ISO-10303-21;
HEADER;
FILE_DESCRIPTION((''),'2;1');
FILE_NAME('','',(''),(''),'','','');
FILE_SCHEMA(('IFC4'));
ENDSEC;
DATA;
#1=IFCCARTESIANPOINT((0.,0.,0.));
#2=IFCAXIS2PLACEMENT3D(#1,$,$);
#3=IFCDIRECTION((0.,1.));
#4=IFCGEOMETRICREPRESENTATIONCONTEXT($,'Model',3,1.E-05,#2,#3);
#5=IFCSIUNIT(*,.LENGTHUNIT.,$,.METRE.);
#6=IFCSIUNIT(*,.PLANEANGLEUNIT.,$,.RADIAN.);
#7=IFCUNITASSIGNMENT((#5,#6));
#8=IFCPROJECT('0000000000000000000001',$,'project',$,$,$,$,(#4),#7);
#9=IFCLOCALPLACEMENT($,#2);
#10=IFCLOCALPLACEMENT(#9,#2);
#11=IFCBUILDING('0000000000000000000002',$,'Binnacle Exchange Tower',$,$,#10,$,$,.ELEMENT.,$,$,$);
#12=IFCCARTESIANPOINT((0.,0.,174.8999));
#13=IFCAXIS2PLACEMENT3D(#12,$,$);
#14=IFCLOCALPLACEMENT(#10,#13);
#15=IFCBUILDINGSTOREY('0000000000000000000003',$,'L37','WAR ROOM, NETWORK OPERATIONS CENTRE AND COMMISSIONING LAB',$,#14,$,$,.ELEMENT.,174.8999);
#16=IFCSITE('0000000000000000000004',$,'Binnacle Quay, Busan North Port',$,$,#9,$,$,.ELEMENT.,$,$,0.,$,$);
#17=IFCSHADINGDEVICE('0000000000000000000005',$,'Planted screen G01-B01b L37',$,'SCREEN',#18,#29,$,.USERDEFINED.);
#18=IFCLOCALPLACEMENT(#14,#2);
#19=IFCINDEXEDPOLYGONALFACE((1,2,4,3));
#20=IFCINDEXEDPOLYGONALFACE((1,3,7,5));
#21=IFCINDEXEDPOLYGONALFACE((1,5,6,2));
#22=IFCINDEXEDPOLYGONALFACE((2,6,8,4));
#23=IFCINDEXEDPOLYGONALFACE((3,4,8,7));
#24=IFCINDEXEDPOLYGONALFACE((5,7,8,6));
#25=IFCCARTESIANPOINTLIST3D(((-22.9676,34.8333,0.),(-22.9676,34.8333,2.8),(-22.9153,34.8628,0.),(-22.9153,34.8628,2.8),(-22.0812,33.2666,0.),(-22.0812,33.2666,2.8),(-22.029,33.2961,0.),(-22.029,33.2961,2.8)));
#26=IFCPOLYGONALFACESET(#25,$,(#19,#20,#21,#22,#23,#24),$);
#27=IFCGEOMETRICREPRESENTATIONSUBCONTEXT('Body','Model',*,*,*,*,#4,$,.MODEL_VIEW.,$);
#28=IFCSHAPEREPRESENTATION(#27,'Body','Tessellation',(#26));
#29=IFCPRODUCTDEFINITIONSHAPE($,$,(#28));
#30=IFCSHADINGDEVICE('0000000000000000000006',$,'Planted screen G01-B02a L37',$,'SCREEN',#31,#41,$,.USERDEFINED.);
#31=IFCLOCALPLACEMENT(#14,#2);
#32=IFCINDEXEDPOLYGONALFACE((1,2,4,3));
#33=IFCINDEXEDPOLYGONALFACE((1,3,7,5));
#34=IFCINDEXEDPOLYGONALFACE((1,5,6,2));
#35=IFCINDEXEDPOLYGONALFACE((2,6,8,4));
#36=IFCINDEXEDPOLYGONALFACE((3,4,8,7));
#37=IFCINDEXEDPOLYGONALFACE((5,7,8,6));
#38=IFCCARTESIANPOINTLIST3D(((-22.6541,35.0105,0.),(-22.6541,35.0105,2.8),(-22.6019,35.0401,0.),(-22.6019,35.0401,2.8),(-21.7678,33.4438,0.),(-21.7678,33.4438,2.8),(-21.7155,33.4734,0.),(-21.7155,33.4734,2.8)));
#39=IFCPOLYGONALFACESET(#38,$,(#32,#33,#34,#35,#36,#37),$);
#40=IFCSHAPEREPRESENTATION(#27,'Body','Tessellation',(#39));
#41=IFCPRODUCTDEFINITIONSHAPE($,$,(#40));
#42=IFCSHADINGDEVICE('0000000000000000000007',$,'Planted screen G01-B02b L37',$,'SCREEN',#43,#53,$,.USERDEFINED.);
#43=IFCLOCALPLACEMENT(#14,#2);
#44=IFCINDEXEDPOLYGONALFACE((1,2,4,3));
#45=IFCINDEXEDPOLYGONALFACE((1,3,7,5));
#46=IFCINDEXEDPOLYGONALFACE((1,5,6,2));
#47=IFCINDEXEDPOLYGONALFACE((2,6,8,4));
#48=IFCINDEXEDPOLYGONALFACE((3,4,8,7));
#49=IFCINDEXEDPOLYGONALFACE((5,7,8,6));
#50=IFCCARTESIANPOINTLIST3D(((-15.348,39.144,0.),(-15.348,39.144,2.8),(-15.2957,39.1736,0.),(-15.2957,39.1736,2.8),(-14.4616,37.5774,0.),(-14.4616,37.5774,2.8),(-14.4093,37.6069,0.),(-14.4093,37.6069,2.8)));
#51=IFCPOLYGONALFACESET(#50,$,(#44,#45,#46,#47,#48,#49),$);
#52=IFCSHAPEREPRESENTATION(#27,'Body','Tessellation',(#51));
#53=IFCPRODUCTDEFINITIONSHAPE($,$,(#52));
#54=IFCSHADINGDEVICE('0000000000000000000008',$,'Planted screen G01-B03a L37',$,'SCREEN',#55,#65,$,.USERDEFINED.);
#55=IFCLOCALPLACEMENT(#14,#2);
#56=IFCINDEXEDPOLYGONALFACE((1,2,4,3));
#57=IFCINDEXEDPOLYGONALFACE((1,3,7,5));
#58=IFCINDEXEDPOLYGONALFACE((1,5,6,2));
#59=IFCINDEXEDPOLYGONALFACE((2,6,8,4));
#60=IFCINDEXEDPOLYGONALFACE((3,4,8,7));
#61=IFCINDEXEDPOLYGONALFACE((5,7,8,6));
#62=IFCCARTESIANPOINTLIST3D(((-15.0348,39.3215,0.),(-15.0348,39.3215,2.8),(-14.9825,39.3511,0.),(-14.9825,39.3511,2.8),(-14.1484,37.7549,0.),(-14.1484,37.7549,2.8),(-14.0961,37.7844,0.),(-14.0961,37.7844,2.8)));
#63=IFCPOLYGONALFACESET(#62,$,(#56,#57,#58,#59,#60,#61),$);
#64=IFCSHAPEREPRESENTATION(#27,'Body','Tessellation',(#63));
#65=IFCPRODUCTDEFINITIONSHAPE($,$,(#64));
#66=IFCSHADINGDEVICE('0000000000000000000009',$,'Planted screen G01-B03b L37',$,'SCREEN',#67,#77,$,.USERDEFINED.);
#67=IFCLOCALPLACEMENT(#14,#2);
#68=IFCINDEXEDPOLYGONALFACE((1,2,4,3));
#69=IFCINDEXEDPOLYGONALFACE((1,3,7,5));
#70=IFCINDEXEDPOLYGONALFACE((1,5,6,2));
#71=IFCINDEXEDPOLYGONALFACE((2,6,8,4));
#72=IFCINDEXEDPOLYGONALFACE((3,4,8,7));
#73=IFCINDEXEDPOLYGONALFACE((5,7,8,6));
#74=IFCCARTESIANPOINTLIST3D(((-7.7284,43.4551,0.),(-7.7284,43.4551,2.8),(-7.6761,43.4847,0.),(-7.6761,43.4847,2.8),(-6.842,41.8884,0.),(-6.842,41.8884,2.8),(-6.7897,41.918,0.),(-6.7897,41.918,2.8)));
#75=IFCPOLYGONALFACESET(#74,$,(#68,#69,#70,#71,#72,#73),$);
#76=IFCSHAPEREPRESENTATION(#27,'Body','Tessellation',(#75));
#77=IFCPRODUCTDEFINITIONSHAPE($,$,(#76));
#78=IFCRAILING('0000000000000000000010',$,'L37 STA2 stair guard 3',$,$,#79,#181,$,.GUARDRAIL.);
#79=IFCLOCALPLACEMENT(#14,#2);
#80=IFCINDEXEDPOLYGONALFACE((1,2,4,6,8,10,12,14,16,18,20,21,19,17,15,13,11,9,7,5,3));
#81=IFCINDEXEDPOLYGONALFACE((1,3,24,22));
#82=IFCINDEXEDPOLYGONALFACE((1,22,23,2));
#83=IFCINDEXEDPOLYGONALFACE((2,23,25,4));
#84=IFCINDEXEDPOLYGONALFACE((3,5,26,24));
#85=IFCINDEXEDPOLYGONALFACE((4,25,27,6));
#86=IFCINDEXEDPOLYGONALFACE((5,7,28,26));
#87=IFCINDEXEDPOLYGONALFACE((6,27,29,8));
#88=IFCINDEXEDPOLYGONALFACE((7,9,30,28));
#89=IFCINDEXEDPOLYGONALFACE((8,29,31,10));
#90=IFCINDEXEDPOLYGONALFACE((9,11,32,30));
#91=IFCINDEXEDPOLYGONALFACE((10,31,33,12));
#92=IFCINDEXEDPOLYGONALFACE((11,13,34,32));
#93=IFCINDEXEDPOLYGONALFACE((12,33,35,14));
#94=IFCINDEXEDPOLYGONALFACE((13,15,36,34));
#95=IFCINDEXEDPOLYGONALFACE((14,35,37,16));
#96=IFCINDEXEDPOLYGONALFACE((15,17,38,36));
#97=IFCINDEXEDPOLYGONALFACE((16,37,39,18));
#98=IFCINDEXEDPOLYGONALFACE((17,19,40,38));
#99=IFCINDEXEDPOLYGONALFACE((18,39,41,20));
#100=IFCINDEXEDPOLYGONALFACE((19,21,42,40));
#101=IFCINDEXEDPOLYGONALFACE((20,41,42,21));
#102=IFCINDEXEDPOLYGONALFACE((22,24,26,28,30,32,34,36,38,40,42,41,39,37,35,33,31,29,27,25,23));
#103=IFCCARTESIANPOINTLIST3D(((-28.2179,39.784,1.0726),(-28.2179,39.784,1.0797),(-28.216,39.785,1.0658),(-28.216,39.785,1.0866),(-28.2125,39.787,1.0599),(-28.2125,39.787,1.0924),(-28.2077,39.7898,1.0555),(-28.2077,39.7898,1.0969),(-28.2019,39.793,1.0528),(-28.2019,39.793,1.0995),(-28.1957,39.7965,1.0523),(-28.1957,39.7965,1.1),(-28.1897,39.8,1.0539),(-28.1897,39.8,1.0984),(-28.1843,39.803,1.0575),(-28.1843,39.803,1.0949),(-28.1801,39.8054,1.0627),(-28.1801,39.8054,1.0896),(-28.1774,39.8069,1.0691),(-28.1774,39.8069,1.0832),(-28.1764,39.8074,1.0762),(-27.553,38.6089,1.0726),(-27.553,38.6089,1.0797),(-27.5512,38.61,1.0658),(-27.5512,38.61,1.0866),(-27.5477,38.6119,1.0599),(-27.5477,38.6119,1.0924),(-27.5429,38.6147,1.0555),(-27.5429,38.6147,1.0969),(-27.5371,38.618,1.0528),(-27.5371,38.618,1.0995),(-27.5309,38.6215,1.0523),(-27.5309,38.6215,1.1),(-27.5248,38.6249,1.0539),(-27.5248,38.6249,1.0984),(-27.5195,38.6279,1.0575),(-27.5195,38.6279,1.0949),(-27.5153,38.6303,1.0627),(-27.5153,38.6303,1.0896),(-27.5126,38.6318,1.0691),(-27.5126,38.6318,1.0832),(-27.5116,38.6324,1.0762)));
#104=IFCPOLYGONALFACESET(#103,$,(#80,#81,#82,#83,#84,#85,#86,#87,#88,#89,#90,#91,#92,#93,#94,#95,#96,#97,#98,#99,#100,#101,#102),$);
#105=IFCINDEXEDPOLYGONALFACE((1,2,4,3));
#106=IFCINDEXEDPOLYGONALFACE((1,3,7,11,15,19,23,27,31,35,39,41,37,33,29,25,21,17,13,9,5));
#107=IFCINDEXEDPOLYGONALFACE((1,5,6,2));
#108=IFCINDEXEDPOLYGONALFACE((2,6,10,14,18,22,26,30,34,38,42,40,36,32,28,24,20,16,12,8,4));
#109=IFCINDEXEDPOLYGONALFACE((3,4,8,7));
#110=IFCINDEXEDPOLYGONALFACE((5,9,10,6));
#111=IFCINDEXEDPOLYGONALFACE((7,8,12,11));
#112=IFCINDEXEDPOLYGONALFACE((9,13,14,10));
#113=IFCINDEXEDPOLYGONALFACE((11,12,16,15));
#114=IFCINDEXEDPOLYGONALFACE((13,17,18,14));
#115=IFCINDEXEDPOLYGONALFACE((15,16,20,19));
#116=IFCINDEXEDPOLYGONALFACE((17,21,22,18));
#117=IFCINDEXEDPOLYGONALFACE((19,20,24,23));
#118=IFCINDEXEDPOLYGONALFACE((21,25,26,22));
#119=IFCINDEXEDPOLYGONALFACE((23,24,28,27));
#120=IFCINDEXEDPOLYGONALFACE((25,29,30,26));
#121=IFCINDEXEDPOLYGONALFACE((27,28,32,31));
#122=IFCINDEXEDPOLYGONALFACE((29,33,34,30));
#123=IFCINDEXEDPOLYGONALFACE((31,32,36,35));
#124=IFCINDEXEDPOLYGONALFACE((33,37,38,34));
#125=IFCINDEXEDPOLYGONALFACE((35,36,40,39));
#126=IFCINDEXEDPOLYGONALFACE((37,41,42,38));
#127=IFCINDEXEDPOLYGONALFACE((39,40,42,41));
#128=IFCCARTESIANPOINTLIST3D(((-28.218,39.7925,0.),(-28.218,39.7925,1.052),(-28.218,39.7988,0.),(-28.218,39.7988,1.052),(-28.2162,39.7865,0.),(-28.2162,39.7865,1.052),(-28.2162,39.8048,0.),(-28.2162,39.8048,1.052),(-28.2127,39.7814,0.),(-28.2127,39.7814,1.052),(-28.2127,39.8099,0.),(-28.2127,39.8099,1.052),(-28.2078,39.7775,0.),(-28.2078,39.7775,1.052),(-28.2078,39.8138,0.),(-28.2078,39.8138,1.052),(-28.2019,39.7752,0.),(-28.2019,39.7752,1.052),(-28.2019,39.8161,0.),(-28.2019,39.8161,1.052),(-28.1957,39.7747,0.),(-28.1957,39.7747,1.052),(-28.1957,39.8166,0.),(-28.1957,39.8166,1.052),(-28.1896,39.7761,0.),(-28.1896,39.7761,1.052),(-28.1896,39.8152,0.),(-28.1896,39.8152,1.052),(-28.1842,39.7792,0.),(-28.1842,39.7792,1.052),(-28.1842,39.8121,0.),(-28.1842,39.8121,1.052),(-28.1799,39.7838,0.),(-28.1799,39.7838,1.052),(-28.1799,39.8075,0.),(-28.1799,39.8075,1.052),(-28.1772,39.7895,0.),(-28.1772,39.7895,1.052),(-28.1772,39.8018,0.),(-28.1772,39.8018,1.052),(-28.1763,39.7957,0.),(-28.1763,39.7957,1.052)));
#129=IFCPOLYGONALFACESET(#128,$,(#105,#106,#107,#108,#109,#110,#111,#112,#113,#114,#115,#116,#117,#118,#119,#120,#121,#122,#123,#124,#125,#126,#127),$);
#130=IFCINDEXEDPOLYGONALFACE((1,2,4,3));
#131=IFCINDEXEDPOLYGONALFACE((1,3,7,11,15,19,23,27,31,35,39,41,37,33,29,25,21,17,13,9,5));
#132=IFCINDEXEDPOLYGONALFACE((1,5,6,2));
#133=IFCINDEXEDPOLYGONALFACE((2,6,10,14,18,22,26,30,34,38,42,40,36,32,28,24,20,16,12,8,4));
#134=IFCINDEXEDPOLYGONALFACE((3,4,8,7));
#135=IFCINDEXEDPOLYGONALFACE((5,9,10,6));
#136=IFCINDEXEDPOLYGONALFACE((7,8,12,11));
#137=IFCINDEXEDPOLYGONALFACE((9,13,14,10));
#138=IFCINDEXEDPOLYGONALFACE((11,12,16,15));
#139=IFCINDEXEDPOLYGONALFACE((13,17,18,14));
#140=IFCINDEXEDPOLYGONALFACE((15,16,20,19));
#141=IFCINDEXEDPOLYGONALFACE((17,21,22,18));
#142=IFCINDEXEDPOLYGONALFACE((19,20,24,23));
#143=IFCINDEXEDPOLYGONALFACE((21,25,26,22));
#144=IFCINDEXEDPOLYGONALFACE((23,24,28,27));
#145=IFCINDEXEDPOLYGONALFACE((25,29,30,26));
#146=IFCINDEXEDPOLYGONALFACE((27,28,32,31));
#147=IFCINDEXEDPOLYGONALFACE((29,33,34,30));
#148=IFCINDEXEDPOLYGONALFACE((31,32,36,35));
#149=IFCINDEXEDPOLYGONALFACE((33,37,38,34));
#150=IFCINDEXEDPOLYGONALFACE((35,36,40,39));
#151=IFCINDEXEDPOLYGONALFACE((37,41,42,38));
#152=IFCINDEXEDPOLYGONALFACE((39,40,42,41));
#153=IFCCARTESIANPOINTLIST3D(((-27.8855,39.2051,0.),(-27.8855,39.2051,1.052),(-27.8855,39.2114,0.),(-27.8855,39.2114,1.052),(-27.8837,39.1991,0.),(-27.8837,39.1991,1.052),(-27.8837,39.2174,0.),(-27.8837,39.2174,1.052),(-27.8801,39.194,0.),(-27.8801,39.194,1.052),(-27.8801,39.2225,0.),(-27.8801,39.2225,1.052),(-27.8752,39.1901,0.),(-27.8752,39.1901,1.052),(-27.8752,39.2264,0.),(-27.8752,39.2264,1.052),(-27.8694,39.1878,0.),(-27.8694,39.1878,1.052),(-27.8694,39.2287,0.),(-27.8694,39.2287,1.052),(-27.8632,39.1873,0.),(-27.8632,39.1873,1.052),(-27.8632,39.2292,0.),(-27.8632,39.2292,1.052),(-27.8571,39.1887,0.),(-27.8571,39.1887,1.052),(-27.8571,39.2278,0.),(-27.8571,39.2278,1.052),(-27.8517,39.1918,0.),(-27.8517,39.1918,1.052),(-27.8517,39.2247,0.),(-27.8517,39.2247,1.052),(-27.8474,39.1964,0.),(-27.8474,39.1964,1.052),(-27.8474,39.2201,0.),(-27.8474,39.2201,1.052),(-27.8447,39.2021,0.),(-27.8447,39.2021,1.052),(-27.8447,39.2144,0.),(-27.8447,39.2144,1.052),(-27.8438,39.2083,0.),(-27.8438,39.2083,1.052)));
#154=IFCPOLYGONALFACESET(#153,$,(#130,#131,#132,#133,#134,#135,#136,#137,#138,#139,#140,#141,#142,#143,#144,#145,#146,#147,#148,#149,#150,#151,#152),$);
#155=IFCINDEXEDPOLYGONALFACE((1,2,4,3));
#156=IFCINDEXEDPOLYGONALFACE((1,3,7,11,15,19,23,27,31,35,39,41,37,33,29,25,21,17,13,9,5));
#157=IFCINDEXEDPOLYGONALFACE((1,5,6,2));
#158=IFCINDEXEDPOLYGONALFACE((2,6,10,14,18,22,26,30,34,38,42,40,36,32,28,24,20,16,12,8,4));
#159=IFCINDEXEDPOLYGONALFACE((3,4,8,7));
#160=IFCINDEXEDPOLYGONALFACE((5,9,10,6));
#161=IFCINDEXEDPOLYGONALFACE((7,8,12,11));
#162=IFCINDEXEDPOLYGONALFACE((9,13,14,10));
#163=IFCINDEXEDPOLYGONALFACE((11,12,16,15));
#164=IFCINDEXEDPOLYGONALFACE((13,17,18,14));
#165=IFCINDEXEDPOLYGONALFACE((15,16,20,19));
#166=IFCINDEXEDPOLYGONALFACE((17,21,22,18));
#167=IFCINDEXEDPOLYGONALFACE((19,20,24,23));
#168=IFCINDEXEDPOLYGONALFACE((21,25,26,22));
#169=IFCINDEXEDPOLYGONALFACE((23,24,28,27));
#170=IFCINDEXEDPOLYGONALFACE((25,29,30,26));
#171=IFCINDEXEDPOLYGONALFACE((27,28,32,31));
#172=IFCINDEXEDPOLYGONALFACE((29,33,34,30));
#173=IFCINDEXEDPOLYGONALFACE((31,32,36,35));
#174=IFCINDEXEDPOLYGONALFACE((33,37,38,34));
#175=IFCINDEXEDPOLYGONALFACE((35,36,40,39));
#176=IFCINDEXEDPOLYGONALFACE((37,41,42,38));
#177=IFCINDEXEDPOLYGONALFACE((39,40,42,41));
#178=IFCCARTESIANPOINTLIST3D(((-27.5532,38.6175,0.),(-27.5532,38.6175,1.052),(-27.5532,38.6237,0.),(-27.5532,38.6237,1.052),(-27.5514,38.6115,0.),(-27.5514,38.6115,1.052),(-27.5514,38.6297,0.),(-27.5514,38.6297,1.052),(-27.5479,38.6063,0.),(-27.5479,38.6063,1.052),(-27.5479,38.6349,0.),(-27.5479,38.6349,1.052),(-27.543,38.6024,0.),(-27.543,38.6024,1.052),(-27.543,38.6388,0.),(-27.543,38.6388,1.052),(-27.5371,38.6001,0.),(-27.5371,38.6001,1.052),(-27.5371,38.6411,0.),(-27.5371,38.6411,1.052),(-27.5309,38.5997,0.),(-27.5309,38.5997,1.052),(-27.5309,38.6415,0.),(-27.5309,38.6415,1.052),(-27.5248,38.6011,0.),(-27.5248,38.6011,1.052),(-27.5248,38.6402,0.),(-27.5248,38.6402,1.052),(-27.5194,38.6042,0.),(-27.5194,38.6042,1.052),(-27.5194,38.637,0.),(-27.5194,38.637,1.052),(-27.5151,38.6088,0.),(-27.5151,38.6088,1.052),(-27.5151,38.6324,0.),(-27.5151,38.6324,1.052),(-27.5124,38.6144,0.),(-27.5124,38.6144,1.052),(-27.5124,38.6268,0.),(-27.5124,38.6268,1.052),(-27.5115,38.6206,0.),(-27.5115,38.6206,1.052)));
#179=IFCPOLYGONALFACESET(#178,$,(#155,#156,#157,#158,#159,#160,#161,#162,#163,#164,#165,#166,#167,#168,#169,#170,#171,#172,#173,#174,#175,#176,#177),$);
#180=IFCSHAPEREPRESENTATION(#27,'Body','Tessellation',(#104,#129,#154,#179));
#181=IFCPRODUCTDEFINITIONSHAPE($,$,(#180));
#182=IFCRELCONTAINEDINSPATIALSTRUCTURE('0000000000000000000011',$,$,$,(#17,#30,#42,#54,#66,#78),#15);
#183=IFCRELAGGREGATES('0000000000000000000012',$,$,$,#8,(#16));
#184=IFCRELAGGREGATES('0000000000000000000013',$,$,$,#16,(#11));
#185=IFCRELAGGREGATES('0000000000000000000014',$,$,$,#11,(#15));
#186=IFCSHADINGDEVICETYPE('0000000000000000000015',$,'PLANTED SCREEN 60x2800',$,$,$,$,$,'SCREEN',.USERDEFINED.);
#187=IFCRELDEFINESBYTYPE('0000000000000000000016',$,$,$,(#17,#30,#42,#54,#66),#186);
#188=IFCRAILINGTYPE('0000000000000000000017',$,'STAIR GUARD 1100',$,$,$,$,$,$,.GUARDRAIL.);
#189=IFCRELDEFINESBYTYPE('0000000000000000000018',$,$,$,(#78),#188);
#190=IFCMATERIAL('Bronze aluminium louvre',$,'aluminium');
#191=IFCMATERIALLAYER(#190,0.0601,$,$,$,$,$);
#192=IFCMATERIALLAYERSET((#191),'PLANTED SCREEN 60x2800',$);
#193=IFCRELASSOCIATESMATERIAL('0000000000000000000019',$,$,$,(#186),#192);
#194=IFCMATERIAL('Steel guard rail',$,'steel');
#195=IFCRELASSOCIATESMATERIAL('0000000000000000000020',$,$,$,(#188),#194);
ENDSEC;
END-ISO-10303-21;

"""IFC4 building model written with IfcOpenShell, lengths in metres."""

from ifc_helpers import new_model, si_unit, direction, frame, origin, origin_2d, place, context, subcontext, project, spatial, rectangle, circle, extrude, material, layer, layer_set, type_object, element, save


model = new_model("IFC4")

# Units and contexts
model_context = context("Model", 3, precision=1e-05, world=origin(), true_north=direction((0.0, 1.0)))
body_context = subcontext(model_context, "Body", "Model", "MODEL_VIEW")
ifc_project = project(units=[si_unit("LENGTHUNIT", "METRE"), si_unit("PLANEANGLEUNIT", "RADIAN")], contexts=[model_context])

# Site, building, storey
site_placement = place(None, origin())
site = spatial("IfcSite", under=ifc_project, at=site_placement, Name="Binnacle Quay, Busan North Port", CompositionType="ELEMENT", RefElevation=0.0)
building_placement = place(site_placement, origin())
building = spatial("IfcBuilding", under=site, at=building_placement, Name="Binnacle Exchange Tower", CompositionType="ELEMENT")
storey_placement = place(building_placement, frame((0.0, 0.0, 174.8999)))
storey = spatial("IfcBuildingStorey", under=building, at=storey_placement, Name="L37", Description="WAR ROOM, NETWORK OPERATIONS CENTRE AND COMMISSIONING LAB", CompositionType="ELEMENT", Elevation=174.8999)

# Shading devices
ifc_material_1 = material(Name="Bronze aluminium louvre", Category="aluminium")
ifc_layer_1 = layer(ifc_material_1, 0.0601)
ifc_layer_set_1 = layer_set([ifc_layer_1], Name="PLANTED SCREEN 60x2800")
shading_device_type = type_object("IfcShadingDeviceType", Name="PLANTED SCREEN 60x2800", ElementType="SCREEN", PredefinedType="USERDEFINED", material=ifc_layer_set_1)
for number, where, z_axis, x_axis, name in (
    (1, (-22.4983, 34.0647, 0.0), (0.0, 0.0, 1.0), (0.870356, 0.492424, 0.0), "Planted screen G01-B01b L37"),
    (2, (-22.1848, 34.2419, 0.0), (0.0, 0.0, 1.0), (0.870356, 0.492424, 0.0), "Planted screen G01-B02a L37"),
    (3, (-14.8787, 38.3755, 0.0), (0.0, 0.0, 1.0), (0.870356, 0.492424, 0.0), "Planted screen G01-B02b L37"),
    (4, (-14.5654, 38.553, 0.0), (0.0, 0.0, 1.0), (0.870356, 0.492424, 0.0), "Planted screen G01-B03a L37"),
    (5, (-7.259, 42.6865, 0.0), (0.0, 0.0, 1.0), (0.870356, 0.492424, 0.0), "Planted screen G01-B03b L37"),
):
    element("IfcShadingDevice", number, at=place(storey_placement, frame(where, z_axis=z_axis, x_axis=x_axis)), inside=storey, type_object=shading_device_type, Name=name, ObjectType="SCREEN", PredefinedType="USERDEFINED", context=body_context, shape_type="SweptSolid", body=[
        extrude(rectangle(XDim=0.0601, YDim=1.8, at=origin_2d()), origin(), (0.0, 0.0, 1.0), 2.8),
    ])

# Railing
ifc_material_2 = material(Name="Steel guard rail", Category="steel")
railing_type_1 = type_object("IfcRailingType", Name="STAIR GUARD 1100", PredefinedType="GUARDRAIL", material=ifc_material_2)
railing_1_placement = place(storey_placement, frame((-28.1973, 39.7957, 0.0)))
element("IfcRailing", 6, at=railing_1_placement, inside=storey, type_object=railing_type_1, Name="L37 STA2 stair guard 3", PredefinedType="GUARDRAIL", context=body_context, shape_type="SweptSolid", body=[
    extrude(circle(Radius=0.0239, at=origin_2d()), frame((0.0, 0.0, 1.0762), z_axis=(0.492415, -0.870361, 0.0), x_axis=(0.870361, 0.492415, 0.0)), (0.0, 0.0, 1.0), 1.3501),
    extrude(circle(Radius=0.021, at=origin_2d()), origin(), (0.0, 0.0, 1.0), 1.052),
    extrude(circle(Radius=0.021, at=origin_2d()), frame((0.3325, -0.5874, 0.0)), (0.0, 0.0, 1.0), 1.052),
    extrude(circle(Radius=0.021, at=origin_2d()), frame((0.6648, -1.175, 0.0)), (0.0, 0.0, 1.0), 1.052),
])

save(model, "model.ifc")
